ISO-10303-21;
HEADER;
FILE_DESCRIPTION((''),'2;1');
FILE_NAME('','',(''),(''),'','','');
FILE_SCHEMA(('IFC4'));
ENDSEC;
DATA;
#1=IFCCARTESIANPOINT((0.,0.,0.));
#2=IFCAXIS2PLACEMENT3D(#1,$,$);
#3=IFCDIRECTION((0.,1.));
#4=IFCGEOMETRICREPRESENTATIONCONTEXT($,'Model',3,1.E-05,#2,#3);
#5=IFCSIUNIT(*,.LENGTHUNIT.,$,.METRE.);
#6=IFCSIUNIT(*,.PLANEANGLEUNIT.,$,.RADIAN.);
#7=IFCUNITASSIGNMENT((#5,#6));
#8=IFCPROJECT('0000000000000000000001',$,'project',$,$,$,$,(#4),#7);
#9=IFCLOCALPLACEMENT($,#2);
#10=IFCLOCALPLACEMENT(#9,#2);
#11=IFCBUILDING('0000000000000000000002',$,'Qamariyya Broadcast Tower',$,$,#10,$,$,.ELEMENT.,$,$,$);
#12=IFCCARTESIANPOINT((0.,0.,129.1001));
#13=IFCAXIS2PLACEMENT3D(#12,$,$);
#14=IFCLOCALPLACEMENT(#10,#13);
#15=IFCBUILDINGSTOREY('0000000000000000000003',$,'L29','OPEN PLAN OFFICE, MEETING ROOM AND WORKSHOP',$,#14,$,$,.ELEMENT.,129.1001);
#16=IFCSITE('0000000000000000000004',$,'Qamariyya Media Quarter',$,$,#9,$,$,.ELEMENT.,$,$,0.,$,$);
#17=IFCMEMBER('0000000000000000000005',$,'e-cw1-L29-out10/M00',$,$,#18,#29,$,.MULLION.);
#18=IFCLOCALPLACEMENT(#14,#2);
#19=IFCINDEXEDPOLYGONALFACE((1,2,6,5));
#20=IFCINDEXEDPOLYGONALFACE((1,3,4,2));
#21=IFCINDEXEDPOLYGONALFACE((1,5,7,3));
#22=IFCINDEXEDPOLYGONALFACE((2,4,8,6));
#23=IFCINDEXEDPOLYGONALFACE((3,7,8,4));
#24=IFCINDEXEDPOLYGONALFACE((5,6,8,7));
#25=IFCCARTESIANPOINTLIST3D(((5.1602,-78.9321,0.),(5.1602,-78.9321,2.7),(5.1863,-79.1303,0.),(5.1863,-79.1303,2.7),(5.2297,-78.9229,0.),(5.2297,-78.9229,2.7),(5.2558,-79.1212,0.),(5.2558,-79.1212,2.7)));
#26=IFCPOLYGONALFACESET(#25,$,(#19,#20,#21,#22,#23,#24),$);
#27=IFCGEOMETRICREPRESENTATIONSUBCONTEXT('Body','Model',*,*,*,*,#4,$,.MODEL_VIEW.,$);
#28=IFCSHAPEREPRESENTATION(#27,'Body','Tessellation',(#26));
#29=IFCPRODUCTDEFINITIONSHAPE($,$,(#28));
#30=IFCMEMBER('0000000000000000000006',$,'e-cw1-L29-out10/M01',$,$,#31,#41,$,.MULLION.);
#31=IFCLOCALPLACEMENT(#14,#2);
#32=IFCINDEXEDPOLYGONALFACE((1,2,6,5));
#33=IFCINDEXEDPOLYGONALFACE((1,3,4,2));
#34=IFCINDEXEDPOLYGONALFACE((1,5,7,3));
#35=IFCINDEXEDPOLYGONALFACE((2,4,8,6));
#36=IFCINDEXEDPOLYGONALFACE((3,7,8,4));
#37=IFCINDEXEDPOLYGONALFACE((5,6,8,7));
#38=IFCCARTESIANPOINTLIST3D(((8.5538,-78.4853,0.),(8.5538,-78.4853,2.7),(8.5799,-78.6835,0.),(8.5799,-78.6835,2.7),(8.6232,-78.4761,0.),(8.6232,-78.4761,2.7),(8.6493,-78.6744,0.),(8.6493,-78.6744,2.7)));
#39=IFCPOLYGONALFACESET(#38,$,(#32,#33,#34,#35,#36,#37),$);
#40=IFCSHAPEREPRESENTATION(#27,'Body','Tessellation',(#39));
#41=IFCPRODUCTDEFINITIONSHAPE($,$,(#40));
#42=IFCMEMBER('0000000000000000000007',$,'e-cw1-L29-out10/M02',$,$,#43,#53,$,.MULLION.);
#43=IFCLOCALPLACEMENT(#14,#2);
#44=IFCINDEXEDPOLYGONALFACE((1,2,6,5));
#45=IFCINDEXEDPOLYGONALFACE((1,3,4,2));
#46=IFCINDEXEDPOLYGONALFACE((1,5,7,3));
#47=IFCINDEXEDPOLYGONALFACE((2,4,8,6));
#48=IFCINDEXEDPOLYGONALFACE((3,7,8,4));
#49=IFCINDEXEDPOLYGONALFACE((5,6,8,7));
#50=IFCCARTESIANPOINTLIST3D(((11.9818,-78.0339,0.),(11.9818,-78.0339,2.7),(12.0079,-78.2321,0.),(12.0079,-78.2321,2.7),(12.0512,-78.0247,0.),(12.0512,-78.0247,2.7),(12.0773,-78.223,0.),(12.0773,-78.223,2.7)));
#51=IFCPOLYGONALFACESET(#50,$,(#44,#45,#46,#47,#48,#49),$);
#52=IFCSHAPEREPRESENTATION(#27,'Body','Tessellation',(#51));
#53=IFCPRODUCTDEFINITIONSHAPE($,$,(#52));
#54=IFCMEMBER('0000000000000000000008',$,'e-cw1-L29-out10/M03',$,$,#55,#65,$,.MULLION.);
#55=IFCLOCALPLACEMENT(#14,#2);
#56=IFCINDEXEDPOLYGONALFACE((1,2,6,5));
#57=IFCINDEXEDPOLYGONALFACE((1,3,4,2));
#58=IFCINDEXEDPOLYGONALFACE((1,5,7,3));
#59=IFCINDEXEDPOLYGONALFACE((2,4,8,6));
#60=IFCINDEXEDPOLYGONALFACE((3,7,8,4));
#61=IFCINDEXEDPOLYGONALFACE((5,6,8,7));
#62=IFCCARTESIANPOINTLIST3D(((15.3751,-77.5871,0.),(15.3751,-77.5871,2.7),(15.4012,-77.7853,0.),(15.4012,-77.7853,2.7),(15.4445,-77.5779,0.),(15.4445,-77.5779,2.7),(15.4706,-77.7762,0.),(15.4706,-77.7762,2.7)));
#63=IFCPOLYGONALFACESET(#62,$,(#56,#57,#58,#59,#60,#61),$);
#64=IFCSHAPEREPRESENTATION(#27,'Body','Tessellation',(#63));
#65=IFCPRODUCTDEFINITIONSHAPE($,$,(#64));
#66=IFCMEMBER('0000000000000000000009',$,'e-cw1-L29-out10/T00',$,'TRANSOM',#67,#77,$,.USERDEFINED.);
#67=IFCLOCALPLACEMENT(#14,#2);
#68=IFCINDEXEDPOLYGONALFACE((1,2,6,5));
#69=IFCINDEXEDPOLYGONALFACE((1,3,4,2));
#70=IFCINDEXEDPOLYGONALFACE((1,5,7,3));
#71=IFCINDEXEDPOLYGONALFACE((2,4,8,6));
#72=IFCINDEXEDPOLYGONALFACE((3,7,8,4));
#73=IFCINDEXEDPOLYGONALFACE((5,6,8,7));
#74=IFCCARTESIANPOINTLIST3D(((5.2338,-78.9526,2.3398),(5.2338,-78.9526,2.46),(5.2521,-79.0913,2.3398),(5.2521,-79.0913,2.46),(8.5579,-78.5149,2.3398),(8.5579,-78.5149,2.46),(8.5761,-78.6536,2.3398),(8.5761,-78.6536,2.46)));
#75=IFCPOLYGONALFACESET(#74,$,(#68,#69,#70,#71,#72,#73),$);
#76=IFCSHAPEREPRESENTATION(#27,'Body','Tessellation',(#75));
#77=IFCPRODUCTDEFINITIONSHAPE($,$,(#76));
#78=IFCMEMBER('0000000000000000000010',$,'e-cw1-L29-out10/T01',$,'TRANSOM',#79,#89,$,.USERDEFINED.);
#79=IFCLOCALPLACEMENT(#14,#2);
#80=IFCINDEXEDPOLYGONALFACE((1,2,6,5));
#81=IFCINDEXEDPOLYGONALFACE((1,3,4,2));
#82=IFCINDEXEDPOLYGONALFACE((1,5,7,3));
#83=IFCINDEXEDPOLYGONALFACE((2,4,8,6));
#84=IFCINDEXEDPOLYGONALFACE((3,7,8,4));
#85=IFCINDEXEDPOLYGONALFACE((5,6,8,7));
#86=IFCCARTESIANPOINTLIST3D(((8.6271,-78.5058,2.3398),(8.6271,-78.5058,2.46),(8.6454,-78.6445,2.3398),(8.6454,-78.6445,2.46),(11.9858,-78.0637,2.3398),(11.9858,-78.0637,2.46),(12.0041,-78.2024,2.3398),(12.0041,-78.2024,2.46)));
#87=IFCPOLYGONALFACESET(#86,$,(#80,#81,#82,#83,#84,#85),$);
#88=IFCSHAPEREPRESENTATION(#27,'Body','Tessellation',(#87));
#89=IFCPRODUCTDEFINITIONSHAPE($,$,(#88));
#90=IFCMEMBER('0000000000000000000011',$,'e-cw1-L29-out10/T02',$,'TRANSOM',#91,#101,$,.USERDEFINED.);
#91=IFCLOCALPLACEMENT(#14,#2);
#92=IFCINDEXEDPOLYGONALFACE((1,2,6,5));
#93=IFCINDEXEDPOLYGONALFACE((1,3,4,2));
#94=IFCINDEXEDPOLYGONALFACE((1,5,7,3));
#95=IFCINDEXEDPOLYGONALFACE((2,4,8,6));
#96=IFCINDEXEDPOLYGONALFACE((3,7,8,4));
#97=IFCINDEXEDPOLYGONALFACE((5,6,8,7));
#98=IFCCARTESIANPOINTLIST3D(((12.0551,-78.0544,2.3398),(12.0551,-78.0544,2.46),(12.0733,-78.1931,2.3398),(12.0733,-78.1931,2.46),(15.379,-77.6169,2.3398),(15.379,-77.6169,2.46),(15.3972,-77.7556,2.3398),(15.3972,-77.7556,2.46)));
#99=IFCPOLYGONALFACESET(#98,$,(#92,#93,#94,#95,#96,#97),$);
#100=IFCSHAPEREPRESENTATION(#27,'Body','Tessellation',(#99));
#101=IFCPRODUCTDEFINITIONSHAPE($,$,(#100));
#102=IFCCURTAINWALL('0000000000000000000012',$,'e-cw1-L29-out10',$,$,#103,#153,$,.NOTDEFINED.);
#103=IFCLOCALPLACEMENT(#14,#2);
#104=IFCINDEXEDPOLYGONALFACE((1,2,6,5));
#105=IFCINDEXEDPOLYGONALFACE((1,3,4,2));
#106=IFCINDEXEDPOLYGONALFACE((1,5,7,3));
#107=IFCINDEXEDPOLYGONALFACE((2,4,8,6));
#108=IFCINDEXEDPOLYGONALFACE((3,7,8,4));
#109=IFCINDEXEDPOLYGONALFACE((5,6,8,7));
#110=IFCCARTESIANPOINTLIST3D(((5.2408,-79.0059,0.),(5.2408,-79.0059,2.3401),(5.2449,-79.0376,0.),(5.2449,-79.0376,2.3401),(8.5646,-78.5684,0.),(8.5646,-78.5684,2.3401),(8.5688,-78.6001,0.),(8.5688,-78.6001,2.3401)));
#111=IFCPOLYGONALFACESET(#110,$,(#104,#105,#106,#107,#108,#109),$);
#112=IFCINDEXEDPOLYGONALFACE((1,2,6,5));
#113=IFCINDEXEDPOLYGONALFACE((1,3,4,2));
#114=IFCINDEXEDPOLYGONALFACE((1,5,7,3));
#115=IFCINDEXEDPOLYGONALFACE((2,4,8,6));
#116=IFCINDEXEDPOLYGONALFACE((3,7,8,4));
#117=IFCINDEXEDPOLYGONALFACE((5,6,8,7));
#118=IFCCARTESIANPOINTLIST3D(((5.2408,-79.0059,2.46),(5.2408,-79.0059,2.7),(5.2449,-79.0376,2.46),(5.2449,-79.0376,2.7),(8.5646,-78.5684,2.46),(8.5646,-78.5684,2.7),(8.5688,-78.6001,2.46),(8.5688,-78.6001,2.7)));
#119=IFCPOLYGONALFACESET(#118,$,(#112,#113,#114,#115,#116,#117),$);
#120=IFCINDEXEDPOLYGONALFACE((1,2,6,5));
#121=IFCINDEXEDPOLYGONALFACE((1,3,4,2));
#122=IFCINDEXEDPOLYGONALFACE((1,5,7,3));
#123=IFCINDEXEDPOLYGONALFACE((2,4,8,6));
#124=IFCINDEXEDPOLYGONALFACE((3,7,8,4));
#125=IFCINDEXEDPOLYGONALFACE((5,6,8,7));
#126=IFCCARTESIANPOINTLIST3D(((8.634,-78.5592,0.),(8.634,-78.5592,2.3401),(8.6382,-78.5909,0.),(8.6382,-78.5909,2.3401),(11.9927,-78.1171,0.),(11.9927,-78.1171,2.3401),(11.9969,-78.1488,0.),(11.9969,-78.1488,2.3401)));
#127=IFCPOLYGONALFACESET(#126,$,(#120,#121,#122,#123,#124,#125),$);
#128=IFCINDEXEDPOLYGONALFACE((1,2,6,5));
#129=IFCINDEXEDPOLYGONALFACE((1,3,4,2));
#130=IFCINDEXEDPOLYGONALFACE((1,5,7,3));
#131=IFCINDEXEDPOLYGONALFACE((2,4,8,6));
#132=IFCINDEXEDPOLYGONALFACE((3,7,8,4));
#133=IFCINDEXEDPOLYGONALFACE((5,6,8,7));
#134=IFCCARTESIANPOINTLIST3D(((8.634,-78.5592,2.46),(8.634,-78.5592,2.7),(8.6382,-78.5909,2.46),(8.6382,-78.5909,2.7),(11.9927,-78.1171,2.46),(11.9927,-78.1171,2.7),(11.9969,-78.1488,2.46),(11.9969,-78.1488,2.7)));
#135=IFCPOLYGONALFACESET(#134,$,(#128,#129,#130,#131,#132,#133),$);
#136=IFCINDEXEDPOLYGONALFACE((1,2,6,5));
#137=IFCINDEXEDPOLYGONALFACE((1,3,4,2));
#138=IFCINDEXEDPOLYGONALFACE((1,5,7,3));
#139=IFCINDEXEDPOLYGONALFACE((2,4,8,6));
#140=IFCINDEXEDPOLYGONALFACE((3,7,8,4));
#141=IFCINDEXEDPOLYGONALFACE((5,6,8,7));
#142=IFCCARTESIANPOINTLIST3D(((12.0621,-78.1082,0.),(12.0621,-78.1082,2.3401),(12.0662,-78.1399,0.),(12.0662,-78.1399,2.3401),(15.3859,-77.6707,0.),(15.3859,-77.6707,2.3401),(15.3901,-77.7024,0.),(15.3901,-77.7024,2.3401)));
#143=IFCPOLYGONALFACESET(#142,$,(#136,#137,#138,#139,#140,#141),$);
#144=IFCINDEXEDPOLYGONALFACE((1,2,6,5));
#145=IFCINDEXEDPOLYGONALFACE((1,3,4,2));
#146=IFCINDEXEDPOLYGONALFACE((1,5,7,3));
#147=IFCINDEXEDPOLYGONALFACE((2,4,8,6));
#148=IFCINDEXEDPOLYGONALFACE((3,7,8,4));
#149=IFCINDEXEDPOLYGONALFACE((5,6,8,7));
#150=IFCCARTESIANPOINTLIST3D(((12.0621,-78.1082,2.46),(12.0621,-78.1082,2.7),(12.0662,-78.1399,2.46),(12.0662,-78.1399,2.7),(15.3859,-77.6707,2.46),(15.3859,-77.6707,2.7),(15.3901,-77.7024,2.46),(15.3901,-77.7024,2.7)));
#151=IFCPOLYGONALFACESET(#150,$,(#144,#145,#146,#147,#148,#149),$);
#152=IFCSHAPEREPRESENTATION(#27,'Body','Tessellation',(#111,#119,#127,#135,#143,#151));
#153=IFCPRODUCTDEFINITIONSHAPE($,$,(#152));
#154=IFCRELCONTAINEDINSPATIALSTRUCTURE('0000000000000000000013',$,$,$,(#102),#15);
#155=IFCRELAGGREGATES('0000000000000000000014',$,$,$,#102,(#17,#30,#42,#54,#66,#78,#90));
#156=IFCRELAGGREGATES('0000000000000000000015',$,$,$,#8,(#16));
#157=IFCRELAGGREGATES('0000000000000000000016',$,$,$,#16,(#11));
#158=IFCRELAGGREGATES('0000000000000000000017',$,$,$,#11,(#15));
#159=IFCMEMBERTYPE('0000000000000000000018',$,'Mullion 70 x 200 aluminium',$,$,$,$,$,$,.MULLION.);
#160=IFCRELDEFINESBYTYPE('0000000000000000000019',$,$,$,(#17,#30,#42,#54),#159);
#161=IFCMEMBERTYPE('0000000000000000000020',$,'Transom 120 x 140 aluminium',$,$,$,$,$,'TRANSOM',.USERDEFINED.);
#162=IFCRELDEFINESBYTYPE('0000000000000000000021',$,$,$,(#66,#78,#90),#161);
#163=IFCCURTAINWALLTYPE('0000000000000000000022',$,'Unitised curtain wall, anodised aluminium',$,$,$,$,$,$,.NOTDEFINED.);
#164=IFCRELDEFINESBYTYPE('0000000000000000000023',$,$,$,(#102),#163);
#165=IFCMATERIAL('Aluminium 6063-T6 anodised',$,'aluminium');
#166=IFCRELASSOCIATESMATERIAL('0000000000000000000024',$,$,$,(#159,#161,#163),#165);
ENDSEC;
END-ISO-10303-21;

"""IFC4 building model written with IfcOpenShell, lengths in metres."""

from ifc_helpers import new_model, si_unit, direction, frame, origin, origin_2d, place, context, subcontext, project, spatial, rectangle, extrude, material, material_profile, profile_set, type_object, element, aggregate, save


model = new_model("IFC4")

# Units and contexts
model_context = context("Model", 3, precision=1e-05, world=origin(), true_north=direction((0.0, 1.0)))
body_context = subcontext(model_context, "Body", "Model", "MODEL_VIEW")
ifc_project = project(units=[si_unit("LENGTHUNIT", "METRE"), si_unit("PLANEANGLEUNIT", "RADIAN")], contexts=[model_context])

# Members
ifc_material = material(Name="Aluminium 6063-T6 anodised", Category="aluminium")
ifc_material_profile_1 = material_profile(ifc_material, rectangle(XDim=0.2, YDim=0.0701, at=origin_2d()))
ifc_profile_set_1 = profile_set([ifc_material_profile_1], Name="Aluminium 6063-T6 anodised")
member_type_1 = type_object("IfcMemberType", Name="Mullion 70 x 200 aluminium", PredefinedType="MULLION", material=ifc_profile_set_1)
site_placement = place(None, origin())
building_placement = place(site_placement, origin())
storey_placement = place(building_placement, frame((0.0, 0.0, 129.1001)))
member_1_placement = place(storey_placement, frame((5.208, -79.0266, 0.0), z_axis=(0.0, 0.0, 1.0), x_axis=(-0.130526, 0.991445, 0.0)))
member_1 = element("IfcMember", 1, at=member_1_placement, type_object=member_type_1, Name="e-cw1-L29-out10/M00", PredefinedType="MULLION", context=body_context, shape_type="SweptSolid", body=[
    extrude(rectangle(XDim=0.2, YDim=0.0701, at=origin_2d()), origin(), (0.0, 0.0, 1.0), 2.7),
])
member_2_placement = place(storey_placement, frame((8.6016, -78.5798, 0.0), z_axis=(0.0, 0.0, 1.0), x_axis=(-0.130526, 0.991445, 0.0)))
member_2 = element("IfcMember", 2, at=member_2_placement, type_object=member_type_1, Name="e-cw1-L29-out10/M01", PredefinedType="MULLION", context=body_context, shape_type="SweptSolid", body=[
    extrude(rectangle(XDim=0.2, YDim=0.0701, at=origin_2d()), origin(), (0.0, 0.0, 1.0), 2.7),
])
member_3_placement = place(storey_placement, frame((12.0295, -78.1284, 0.0), z_axis=(0.0, 0.0, 1.0), x_axis=(-0.130526, 0.991445, 0.0)))
member_3 = element("IfcMember", 3, at=member_3_placement, type_object=member_type_1, Name="e-cw1-L29-out10/M02", PredefinedType="MULLION", context=body_context, shape_type="SweptSolid", body=[
    extrude(rectangle(XDim=0.2, YDim=0.0701, at=origin_2d()), origin(), (0.0, 0.0, 1.0), 2.7),
])
member_4_placement = place(storey_placement, frame((15.4229, -77.6816, 0.0), z_axis=(0.0, 0.0, 1.0), x_axis=(-0.130526, 0.991445, 0.0)))
member_4 = element("IfcMember", 4, at=member_4_placement, type_object=member_type_1, Name="e-cw1-L29-out10/M03", PredefinedType="MULLION", context=body_context, shape_type="SweptSolid", body=[
    extrude(rectangle(XDim=0.2, YDim=0.0701, at=origin_2d()), origin(), (0.0, 0.0, 1.0), 2.7),
])
ifc_material_profile_2 = material_profile(ifc_material, rectangle(XDim=0.1399, YDim=0.1201, at=origin_2d()))
ifc_profile_set_2 = profile_set([ifc_material_profile_2], Name="Aluminium 6063-T6 anodised")
member_type_2 = type_object("IfcMemberType", Name="Transom 120 x 140 aluminium", ElementType="TRANSOM", PredefinedType="USERDEFINED", material=ifc_profile_set_2)
member_5_placement = place(storey_placement, frame((5.2429, -79.022, 2.3999), z_axis=(0.99144, 0.130566, 0.0), x_axis=(-0.130566, 0.99144, 0.0)))
member_5 = element("IfcMember", 5, at=member_5_placement, type_object=member_type_2, Name="e-cw1-L29-out10/T00", ObjectType="TRANSOM", PredefinedType="USERDEFINED", context=body_context, shape_type="SweptSolid", body=[
    extrude(rectangle(XDim=0.1399, YDim=0.1201, at=origin_2d()), origin(), (0.0, 0.0, 1.0), 3.3528),
])
member_6_placement = place(storey_placement, frame((8.6362, -78.5752, 2.3999), z_axis=(0.991446, 0.130516, 0.0), x_axis=(-0.130516, 0.991446, 0.0)))
member_6 = element("IfcMember", 6, at=member_6_placement, type_object=member_type_2, Name="e-cw1-L29-out10/T01", ObjectType="TRANSOM", PredefinedType="USERDEFINED", context=body_context, shape_type="SweptSolid", body=[
    extrude(rectangle(XDim=0.1399, YDim=0.1201, at=origin_2d()), origin(), (0.0, 0.0, 1.0), 3.3877),
])
member_7_placement = place(storey_placement, frame((12.0642, -78.1238, 2.3999), z_axis=(0.991449, 0.130494, 0.0), x_axis=(-0.130494, 0.991449, 0.0)))
member_7 = element("IfcMember", 7, at=member_7_placement, type_object=member_type_2, Name="e-cw1-L29-out10/T02", ObjectType="TRANSOM", PredefinedType="USERDEFINED", context=body_context, shape_type="SweptSolid", body=[
    extrude(rectangle(XDim=0.1399, YDim=0.1201, at=origin_2d()), origin(), (0.0, 0.0, 1.0), 3.3525),
])

# Site, building, storey
site = spatial("IfcSite", under=ifc_project, at=site_placement, Name="Qamariyya Media Quarter", CompositionType="ELEMENT", RefElevation=0.0)
building = spatial("IfcBuilding", under=site, at=building_placement, Name="Qamariyya Broadcast Tower", CompositionType="ELEMENT")
storey = spatial("IfcBuildingStorey", under=building, at=storey_placement, Name="L29", Description="OPEN PLAN OFFICE, MEETING ROOM AND WORKSHOP", CompositionType="ELEMENT", Elevation=129.1001)

# Curtain wall
curtain_wall_type = type_object("IfcCurtainWallType", Name="Unitised curtain wall, anodised aluminium", PredefinedType="NOTDEFINED", material=ifc_material)
curtain_wall_1_placement = place(storey_placement, origin())
curtain_wall_1 = element("IfcCurtainWall", 8, at=curtain_wall_1_placement, inside=storey, type_object=curtain_wall_type, Name="e-cw1-L29-out10", PredefinedType="NOTDEFINED", context=body_context, shape_type="SweptSolid", body=[
    extrude(rectangle(XDim=3.3525, YDim=0.032, at=origin_2d()), frame((6.9048, -78.803, 0.0), x_axis=(0.991447, 0.130509, 0.0)), (0.0, 0.0, 1.0), 2.3401),
    extrude(rectangle(XDim=3.3525, YDim=0.032, at=origin_2d()), frame((6.9048, -78.803, 2.46), x_axis=(0.991447, 0.130509, 0.0)), (0.0, 0.0, 1.0), 0.24),
    extrude(rectangle(XDim=3.3877, YDim=0.032, at=origin_2d()), frame((10.3154, -78.354, 0.0), x_axis=(0.991447, 0.130509, 0.0)), (0.0, 0.0, 1.0), 2.3401),
    extrude(rectangle(XDim=3.3877, YDim=0.032, at=origin_2d()), frame((10.3154, -78.354, 2.46), x_axis=(0.991447, 0.130509, 0.0)), (0.0, 0.0, 1.0), 0.24),
    extrude(rectangle(XDim=3.3525, YDim=0.032, at=origin_2d()), frame((13.7261, -77.9053, 0.0), x_axis=(0.991447, 0.130509, 0.0)), (0.0, 0.0, 1.0), 2.3401),
    extrude(rectangle(XDim=3.3525, YDim=0.032, at=origin_2d()), frame((13.7261, -77.9053, 2.46), x_axis=(0.991447, 0.130509, 0.0)), (0.0, 0.0, 1.0), 0.24),
])
aggregate(curtain_wall_1, [member_1, member_2, member_3, member_4, member_5, member_6, member_7])

save(model, "model.ifc")
